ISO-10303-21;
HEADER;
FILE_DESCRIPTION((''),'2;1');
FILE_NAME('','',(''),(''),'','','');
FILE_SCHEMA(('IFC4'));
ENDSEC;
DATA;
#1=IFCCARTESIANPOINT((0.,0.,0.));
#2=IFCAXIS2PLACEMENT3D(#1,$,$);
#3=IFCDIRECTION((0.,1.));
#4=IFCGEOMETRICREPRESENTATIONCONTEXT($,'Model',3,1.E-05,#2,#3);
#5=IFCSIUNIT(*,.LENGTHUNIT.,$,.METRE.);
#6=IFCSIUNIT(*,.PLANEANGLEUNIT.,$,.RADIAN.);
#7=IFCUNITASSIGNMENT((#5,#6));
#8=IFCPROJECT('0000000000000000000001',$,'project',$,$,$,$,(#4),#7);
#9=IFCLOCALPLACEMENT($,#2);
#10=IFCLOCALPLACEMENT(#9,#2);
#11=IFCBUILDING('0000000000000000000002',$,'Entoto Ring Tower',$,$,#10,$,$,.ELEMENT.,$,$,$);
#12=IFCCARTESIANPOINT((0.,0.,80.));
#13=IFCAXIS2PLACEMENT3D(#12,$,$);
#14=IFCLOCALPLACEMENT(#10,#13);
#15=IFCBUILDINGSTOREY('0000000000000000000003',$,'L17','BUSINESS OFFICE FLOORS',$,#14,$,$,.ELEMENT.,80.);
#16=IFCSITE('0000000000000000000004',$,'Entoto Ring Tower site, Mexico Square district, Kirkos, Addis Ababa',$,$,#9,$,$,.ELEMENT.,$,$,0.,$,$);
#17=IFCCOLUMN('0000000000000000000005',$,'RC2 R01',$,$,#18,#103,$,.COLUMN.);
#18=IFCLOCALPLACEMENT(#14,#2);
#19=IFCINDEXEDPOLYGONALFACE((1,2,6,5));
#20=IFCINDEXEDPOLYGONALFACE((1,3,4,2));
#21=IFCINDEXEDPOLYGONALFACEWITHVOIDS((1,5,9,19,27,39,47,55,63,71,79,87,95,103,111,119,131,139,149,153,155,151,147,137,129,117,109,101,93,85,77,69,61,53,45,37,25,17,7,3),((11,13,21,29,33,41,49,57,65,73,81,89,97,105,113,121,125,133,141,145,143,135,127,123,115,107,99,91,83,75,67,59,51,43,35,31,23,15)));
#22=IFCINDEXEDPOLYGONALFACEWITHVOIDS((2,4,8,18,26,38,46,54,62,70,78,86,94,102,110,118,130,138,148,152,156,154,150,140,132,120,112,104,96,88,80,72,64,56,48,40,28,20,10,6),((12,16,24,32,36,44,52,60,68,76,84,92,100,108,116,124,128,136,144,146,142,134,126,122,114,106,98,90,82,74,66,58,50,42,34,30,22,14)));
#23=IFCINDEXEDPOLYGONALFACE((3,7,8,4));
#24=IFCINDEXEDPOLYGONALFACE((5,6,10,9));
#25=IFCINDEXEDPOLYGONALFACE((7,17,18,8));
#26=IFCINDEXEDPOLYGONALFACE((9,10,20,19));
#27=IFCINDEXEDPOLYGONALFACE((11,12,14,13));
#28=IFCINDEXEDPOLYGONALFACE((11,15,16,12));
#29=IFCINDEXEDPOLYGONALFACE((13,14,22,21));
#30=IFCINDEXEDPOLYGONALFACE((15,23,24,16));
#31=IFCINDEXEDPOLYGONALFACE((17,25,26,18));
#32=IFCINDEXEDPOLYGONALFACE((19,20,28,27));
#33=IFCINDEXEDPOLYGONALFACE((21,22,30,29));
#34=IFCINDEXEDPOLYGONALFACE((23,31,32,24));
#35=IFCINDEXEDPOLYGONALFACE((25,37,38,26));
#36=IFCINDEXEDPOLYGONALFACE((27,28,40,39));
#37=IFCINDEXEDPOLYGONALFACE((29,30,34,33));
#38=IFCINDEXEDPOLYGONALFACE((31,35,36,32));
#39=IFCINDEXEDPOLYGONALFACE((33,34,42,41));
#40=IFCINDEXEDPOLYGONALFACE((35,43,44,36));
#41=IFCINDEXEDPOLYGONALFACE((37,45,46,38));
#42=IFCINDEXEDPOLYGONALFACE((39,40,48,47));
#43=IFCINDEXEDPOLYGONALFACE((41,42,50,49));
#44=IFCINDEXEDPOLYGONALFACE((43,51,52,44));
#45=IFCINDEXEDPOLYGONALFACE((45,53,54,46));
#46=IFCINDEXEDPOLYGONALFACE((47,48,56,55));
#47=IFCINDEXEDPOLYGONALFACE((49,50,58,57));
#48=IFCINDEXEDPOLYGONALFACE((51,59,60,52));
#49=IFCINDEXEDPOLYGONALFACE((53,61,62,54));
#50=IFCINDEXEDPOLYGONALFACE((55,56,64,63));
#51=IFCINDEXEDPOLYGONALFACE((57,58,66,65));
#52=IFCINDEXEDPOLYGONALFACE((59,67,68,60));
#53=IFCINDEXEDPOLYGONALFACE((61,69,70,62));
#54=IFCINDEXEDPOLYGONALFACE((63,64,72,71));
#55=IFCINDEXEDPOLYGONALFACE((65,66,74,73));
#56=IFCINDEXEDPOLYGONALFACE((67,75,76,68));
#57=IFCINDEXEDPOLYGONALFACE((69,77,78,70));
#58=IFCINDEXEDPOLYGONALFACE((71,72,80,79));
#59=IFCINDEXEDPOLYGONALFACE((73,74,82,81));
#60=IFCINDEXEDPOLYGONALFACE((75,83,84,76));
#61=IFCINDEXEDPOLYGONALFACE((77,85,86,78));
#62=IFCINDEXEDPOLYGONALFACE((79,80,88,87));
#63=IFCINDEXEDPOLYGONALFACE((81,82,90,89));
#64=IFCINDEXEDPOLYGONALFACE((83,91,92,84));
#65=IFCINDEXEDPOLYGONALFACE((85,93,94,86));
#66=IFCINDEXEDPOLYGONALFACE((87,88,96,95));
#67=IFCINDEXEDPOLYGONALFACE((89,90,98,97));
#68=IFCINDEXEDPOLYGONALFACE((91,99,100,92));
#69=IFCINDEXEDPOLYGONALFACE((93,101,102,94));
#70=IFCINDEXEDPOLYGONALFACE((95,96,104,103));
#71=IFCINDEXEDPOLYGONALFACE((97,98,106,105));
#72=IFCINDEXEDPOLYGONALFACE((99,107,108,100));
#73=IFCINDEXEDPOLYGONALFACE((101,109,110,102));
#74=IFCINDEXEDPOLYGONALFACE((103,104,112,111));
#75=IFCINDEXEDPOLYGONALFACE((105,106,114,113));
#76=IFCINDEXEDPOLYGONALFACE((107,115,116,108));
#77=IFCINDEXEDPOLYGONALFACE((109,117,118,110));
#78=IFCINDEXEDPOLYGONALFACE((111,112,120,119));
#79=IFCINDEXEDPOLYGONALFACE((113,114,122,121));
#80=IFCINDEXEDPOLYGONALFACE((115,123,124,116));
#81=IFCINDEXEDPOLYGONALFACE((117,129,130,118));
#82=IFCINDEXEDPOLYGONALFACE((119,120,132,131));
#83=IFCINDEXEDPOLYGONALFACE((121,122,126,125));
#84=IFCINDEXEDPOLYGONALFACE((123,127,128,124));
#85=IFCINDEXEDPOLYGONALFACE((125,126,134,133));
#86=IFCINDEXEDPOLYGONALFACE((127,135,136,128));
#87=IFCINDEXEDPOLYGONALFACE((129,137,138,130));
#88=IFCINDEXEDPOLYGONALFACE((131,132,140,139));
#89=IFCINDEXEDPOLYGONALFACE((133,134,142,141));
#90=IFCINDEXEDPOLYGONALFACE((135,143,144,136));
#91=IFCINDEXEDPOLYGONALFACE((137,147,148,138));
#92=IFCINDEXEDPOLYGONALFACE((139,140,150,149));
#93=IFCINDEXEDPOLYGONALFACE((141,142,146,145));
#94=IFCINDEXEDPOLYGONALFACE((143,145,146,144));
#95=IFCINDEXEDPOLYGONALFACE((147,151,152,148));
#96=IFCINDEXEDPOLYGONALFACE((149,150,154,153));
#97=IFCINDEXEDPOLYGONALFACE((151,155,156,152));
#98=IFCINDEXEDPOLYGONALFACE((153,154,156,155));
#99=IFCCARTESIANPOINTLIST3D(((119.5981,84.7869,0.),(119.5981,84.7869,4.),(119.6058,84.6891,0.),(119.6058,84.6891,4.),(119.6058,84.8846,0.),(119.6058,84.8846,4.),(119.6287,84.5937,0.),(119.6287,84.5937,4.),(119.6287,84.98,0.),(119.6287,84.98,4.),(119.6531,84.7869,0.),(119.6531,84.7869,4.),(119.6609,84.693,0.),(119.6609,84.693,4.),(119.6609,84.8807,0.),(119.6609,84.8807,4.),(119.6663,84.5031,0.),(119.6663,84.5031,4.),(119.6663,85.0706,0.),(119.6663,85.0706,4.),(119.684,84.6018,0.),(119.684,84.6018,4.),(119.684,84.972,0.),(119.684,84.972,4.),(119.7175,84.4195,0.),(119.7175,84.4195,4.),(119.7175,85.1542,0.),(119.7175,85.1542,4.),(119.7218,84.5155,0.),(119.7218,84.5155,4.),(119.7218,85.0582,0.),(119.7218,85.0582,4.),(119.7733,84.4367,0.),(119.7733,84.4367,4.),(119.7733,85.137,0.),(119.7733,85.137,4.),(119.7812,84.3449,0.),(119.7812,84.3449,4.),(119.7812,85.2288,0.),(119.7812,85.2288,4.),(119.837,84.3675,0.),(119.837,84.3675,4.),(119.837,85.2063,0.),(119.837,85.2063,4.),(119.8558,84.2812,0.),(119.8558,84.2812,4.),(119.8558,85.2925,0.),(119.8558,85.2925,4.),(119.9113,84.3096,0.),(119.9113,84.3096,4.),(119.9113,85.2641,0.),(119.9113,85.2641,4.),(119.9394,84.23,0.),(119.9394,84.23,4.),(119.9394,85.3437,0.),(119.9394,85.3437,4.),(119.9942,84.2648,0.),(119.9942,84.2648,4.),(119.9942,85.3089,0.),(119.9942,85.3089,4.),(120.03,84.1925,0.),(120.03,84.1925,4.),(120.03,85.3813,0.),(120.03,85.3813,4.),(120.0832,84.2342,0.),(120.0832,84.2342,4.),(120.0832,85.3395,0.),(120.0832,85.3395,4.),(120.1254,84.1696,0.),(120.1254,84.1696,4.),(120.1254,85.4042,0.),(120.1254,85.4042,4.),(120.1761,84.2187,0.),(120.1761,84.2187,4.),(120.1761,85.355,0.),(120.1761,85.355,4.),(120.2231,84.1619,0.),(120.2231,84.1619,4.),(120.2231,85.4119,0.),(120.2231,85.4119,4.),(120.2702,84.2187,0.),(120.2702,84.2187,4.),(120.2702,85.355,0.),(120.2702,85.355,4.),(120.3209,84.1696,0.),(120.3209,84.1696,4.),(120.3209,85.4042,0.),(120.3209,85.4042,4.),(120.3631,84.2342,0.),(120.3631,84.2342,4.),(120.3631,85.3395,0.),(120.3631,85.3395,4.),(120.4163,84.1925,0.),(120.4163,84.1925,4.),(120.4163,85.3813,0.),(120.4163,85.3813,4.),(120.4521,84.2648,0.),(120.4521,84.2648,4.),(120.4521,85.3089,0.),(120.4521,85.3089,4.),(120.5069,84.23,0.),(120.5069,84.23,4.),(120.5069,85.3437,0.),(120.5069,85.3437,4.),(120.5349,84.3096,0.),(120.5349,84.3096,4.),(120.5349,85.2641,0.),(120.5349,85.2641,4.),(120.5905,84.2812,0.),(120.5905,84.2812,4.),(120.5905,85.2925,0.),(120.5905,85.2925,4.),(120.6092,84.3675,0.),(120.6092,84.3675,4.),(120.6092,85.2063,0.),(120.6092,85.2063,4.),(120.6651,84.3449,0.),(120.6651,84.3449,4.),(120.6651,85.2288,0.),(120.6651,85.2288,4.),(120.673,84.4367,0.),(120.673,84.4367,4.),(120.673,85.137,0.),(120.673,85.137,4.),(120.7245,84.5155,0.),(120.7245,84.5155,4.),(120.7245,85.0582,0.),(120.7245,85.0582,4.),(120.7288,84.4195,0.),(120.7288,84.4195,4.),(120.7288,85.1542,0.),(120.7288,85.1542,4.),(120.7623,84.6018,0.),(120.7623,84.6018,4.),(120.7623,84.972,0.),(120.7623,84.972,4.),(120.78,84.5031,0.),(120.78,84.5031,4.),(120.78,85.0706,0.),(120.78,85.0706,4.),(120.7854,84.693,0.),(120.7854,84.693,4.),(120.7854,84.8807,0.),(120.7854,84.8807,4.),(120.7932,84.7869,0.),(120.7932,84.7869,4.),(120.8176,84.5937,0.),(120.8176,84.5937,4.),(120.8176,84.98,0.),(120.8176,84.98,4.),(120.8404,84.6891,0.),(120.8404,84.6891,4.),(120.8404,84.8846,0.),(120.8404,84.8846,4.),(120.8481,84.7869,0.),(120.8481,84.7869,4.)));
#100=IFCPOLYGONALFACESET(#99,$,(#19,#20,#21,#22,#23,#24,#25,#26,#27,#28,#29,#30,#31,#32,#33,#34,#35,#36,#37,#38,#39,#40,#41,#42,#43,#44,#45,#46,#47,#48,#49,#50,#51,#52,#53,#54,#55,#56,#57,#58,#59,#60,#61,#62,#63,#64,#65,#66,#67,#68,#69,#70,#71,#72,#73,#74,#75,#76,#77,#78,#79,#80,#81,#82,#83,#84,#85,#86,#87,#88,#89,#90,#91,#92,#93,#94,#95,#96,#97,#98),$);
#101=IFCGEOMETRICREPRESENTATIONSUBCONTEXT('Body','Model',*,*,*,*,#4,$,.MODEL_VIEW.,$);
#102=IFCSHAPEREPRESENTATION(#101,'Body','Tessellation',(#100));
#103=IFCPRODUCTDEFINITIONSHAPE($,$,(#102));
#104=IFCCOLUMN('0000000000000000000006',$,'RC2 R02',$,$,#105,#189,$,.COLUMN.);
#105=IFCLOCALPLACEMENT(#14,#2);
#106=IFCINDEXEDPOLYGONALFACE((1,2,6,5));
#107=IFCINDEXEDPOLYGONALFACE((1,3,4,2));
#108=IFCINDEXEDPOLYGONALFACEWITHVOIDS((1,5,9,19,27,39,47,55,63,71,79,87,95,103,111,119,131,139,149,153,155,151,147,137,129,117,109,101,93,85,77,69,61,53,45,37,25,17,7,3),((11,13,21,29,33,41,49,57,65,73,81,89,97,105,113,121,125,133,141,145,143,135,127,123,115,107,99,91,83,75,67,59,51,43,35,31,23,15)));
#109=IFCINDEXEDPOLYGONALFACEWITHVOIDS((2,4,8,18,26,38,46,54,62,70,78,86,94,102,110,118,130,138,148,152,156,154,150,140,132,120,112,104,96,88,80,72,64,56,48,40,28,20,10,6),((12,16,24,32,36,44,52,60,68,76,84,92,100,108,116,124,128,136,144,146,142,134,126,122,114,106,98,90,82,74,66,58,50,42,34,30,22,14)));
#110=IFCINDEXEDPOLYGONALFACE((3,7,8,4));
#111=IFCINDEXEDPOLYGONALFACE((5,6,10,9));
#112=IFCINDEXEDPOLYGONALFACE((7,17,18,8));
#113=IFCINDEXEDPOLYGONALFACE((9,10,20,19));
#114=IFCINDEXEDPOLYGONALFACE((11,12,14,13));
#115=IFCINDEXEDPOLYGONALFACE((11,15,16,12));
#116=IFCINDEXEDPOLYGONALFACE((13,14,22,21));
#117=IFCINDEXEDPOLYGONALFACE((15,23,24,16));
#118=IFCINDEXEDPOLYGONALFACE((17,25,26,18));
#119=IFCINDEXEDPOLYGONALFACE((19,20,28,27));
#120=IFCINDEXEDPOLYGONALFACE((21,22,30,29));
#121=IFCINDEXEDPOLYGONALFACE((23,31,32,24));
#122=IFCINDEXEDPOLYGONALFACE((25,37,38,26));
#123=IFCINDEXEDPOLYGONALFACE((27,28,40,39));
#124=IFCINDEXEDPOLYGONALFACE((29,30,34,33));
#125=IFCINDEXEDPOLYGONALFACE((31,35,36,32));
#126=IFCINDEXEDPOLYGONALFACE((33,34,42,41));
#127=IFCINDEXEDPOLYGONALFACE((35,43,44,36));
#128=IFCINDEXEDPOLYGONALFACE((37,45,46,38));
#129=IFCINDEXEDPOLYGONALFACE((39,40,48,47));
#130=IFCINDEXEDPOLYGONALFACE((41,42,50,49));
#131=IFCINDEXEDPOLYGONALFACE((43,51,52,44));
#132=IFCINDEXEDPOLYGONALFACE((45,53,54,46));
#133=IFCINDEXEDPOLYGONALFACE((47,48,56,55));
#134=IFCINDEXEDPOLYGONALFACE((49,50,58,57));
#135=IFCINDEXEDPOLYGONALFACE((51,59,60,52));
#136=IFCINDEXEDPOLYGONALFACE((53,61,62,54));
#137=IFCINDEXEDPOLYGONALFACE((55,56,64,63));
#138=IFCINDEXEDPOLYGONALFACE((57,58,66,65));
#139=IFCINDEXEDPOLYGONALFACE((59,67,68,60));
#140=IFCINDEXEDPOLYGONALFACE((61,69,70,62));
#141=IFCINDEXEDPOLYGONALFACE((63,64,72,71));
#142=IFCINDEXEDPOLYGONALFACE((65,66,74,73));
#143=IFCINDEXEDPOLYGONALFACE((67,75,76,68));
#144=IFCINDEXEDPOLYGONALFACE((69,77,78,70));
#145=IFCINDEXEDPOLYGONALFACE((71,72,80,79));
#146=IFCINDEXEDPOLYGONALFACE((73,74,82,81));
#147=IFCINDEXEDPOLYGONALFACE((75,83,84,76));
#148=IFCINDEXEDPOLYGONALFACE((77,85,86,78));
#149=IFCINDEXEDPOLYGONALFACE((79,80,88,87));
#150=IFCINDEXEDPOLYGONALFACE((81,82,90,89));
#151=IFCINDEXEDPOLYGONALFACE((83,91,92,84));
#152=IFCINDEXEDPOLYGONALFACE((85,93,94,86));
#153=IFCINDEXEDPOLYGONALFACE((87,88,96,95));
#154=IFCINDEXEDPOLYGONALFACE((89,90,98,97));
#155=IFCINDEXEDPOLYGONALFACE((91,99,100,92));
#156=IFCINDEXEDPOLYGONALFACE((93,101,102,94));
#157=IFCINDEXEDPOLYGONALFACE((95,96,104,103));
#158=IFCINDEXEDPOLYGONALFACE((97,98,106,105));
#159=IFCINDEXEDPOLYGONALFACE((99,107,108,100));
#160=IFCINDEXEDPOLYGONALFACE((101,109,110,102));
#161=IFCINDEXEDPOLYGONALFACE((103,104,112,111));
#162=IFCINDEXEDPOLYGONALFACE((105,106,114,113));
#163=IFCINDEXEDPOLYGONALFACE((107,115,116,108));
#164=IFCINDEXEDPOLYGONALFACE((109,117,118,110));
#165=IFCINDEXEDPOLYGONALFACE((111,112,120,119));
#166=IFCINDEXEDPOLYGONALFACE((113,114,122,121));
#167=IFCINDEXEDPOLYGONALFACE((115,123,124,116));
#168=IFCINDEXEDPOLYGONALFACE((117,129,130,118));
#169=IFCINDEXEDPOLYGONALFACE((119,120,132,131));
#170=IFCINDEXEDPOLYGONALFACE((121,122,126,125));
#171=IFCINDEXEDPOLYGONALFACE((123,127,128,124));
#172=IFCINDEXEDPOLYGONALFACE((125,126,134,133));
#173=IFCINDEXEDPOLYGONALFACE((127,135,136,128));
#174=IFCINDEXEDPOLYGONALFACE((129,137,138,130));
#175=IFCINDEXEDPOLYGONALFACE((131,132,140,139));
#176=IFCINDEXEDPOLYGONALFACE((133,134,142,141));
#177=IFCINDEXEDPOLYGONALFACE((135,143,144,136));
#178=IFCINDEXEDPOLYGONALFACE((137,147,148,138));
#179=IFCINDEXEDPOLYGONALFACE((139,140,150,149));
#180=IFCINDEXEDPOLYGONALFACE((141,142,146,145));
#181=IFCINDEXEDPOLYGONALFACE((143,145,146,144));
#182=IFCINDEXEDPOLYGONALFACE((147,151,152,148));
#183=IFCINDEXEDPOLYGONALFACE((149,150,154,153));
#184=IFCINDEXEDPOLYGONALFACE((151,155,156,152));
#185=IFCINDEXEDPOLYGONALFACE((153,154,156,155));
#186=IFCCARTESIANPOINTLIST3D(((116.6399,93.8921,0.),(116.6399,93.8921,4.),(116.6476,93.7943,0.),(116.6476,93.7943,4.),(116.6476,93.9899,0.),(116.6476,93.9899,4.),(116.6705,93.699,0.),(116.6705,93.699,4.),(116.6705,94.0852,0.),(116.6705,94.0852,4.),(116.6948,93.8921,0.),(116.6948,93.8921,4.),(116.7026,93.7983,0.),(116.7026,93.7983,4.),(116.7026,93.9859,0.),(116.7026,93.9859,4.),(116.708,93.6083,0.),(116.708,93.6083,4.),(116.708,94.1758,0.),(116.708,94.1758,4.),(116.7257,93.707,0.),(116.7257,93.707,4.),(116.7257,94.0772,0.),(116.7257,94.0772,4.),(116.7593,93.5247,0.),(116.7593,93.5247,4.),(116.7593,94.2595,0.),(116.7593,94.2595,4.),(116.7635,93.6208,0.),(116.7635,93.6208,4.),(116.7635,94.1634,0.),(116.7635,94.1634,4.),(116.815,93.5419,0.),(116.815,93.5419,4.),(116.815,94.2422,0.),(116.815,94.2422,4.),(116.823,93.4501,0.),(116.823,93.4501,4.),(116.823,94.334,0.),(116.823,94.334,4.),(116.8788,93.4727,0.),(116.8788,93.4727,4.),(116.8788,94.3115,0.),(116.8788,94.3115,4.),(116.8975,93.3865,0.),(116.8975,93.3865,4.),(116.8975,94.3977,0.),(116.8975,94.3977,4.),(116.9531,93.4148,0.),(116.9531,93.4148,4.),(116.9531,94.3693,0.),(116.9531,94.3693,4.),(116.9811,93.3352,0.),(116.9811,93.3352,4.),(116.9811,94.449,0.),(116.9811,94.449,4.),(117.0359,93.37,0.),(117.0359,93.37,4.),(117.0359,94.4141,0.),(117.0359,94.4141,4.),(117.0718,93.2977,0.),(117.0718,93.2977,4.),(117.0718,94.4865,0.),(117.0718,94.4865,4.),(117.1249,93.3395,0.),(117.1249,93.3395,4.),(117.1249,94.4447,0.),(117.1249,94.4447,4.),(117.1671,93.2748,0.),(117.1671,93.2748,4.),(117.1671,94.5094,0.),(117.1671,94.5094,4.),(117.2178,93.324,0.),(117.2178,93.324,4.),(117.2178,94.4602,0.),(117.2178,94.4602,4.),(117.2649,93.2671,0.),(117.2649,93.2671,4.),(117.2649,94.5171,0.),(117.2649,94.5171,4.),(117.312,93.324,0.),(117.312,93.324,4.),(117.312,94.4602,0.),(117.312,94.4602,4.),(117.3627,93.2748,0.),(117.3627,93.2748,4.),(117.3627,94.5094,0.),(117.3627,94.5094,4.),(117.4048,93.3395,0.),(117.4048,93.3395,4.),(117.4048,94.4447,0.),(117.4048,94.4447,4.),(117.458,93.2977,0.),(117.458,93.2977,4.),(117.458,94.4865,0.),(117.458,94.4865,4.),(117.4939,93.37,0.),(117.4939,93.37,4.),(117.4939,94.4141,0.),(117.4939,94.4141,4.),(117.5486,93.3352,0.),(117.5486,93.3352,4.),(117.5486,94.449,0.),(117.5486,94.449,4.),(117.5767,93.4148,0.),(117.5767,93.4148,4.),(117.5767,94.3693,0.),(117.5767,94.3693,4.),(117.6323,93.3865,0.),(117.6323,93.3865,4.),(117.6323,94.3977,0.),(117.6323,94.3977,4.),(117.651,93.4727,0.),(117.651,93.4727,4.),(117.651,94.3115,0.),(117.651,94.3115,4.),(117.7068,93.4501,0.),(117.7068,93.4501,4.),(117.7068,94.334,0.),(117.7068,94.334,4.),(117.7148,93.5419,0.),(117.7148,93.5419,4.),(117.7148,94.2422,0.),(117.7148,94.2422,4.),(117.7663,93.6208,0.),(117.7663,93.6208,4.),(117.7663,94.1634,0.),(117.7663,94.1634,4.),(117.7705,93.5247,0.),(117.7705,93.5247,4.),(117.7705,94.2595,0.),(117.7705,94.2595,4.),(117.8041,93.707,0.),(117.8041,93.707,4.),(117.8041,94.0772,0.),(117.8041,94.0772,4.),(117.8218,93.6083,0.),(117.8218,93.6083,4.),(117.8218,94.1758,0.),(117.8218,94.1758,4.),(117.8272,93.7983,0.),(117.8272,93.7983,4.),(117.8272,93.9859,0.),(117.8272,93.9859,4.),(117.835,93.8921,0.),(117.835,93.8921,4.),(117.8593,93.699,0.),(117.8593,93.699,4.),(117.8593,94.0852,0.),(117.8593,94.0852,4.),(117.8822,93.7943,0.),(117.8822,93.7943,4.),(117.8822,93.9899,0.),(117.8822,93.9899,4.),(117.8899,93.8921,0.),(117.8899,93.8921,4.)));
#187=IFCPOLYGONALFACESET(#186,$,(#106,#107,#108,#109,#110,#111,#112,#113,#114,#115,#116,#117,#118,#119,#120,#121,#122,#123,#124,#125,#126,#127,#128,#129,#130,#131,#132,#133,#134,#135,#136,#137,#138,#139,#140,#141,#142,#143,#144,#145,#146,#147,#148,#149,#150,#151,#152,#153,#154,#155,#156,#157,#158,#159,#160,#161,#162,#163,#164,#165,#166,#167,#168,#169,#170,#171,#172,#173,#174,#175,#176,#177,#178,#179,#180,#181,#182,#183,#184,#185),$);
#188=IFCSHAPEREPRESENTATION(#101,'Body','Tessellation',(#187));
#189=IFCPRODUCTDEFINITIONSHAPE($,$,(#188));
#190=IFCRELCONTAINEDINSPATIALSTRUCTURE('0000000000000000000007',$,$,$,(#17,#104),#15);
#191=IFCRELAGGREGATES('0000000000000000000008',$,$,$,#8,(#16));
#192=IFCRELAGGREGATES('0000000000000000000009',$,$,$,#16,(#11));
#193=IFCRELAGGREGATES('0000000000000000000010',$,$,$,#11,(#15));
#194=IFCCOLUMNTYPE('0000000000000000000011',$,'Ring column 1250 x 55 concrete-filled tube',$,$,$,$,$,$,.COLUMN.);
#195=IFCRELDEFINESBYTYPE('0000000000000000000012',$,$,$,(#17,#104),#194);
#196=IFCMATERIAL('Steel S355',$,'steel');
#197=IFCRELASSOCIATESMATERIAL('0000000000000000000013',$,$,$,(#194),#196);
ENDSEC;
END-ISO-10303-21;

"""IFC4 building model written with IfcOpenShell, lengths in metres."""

from ifc_helpers import new_model, si_unit, direction, frame, origin, origin_2d, place, context, subcontext, project, spatial, circle, hollow_circle, extrude, material, material_profile, profile_set, type_object, element, save


model = new_model("IFC4")

# Units and contexts
model_context = context("Model", 3, precision=1e-05, world=origin(), true_north=direction((0.0, 1.0)))
body_context = subcontext(model_context, "Body", "Model", "MODEL_VIEW")
ifc_project = project(units=[si_unit("LENGTHUNIT", "METRE"), si_unit("PLANEANGLEUNIT", "RADIAN")], contexts=[model_context])

# Site, building, storey
site_placement = place(None, origin())
site = spatial("IfcSite", under=ifc_project, at=site_placement, Name="Entoto Ring Tower site, Mexico Square district, Kirkos, Addis Ababa", CompositionType="ELEMENT", RefElevation=0.0)
building_placement = place(site_placement, origin())
building = spatial("IfcBuilding", under=site, at=building_placement, Name="Entoto Ring Tower", CompositionType="ELEMENT")
storey_placement = place(building_placement, frame((0.0, 0.0, 80.0)))
storey = spatial("IfcBuildingStorey", under=building, at=storey_placement, Name="L17", Description="BUSINESS OFFICE FLOORS", CompositionType="ELEMENT", Elevation=80.0)

# Columns
ifc_material_1 = material(Name="Steel S355", Category="steel")
ifc_material_profile_1 = material_profile(ifc_material_1, hollow_circle(Radius=0.625, WallThickness=0.0549, at=origin_2d()), Name="CHS 1250 x 55")
ifc_material_2 = material(Name="Concrete C60/75", Category="concrete")
ifc_material_profile_2 = material_profile(ifc_material_2, circle(Radius=0.5701, at=origin_2d()), Name="Concrete C60/75 infill")
ifc_profile_set_1 = profile_set([ifc_material_profile_1, ifc_material_profile_2], Name="Steel S355")
column_type = type_object("IfcColumnType", Name="Ring column 1250 x 55 concrete-filled tube", PredefinedType="COLUMN", material=ifc_profile_set_1)
for number, where, z_axis, x_axis, name in (
    (1, (120.2231, 84.7869, 0.0), (0.0, 0.0, 1.0), (1.0, 0.0, 0.0), "RC2 R01"),
    (2, (117.2649, 93.8921, 0.0), (0.0, 0.0, 1.0), (1.0, 0.0, 0.0), "RC2 R02"),
):
    element("IfcColumn", number, at=place(storey_placement, frame(where, z_axis=z_axis, x_axis=x_axis)), inside=storey, type_object=column_type, Name=name, PredefinedType="COLUMN", context=body_context, shape_type="SweptSolid", body=[
        extrude(hollow_circle(Radius=0.625, WallThickness=0.0549, at=origin_2d()), origin(), (0.0, 0.0, 1.0), 4.0),
    ])

save(model, "model.ifc")
